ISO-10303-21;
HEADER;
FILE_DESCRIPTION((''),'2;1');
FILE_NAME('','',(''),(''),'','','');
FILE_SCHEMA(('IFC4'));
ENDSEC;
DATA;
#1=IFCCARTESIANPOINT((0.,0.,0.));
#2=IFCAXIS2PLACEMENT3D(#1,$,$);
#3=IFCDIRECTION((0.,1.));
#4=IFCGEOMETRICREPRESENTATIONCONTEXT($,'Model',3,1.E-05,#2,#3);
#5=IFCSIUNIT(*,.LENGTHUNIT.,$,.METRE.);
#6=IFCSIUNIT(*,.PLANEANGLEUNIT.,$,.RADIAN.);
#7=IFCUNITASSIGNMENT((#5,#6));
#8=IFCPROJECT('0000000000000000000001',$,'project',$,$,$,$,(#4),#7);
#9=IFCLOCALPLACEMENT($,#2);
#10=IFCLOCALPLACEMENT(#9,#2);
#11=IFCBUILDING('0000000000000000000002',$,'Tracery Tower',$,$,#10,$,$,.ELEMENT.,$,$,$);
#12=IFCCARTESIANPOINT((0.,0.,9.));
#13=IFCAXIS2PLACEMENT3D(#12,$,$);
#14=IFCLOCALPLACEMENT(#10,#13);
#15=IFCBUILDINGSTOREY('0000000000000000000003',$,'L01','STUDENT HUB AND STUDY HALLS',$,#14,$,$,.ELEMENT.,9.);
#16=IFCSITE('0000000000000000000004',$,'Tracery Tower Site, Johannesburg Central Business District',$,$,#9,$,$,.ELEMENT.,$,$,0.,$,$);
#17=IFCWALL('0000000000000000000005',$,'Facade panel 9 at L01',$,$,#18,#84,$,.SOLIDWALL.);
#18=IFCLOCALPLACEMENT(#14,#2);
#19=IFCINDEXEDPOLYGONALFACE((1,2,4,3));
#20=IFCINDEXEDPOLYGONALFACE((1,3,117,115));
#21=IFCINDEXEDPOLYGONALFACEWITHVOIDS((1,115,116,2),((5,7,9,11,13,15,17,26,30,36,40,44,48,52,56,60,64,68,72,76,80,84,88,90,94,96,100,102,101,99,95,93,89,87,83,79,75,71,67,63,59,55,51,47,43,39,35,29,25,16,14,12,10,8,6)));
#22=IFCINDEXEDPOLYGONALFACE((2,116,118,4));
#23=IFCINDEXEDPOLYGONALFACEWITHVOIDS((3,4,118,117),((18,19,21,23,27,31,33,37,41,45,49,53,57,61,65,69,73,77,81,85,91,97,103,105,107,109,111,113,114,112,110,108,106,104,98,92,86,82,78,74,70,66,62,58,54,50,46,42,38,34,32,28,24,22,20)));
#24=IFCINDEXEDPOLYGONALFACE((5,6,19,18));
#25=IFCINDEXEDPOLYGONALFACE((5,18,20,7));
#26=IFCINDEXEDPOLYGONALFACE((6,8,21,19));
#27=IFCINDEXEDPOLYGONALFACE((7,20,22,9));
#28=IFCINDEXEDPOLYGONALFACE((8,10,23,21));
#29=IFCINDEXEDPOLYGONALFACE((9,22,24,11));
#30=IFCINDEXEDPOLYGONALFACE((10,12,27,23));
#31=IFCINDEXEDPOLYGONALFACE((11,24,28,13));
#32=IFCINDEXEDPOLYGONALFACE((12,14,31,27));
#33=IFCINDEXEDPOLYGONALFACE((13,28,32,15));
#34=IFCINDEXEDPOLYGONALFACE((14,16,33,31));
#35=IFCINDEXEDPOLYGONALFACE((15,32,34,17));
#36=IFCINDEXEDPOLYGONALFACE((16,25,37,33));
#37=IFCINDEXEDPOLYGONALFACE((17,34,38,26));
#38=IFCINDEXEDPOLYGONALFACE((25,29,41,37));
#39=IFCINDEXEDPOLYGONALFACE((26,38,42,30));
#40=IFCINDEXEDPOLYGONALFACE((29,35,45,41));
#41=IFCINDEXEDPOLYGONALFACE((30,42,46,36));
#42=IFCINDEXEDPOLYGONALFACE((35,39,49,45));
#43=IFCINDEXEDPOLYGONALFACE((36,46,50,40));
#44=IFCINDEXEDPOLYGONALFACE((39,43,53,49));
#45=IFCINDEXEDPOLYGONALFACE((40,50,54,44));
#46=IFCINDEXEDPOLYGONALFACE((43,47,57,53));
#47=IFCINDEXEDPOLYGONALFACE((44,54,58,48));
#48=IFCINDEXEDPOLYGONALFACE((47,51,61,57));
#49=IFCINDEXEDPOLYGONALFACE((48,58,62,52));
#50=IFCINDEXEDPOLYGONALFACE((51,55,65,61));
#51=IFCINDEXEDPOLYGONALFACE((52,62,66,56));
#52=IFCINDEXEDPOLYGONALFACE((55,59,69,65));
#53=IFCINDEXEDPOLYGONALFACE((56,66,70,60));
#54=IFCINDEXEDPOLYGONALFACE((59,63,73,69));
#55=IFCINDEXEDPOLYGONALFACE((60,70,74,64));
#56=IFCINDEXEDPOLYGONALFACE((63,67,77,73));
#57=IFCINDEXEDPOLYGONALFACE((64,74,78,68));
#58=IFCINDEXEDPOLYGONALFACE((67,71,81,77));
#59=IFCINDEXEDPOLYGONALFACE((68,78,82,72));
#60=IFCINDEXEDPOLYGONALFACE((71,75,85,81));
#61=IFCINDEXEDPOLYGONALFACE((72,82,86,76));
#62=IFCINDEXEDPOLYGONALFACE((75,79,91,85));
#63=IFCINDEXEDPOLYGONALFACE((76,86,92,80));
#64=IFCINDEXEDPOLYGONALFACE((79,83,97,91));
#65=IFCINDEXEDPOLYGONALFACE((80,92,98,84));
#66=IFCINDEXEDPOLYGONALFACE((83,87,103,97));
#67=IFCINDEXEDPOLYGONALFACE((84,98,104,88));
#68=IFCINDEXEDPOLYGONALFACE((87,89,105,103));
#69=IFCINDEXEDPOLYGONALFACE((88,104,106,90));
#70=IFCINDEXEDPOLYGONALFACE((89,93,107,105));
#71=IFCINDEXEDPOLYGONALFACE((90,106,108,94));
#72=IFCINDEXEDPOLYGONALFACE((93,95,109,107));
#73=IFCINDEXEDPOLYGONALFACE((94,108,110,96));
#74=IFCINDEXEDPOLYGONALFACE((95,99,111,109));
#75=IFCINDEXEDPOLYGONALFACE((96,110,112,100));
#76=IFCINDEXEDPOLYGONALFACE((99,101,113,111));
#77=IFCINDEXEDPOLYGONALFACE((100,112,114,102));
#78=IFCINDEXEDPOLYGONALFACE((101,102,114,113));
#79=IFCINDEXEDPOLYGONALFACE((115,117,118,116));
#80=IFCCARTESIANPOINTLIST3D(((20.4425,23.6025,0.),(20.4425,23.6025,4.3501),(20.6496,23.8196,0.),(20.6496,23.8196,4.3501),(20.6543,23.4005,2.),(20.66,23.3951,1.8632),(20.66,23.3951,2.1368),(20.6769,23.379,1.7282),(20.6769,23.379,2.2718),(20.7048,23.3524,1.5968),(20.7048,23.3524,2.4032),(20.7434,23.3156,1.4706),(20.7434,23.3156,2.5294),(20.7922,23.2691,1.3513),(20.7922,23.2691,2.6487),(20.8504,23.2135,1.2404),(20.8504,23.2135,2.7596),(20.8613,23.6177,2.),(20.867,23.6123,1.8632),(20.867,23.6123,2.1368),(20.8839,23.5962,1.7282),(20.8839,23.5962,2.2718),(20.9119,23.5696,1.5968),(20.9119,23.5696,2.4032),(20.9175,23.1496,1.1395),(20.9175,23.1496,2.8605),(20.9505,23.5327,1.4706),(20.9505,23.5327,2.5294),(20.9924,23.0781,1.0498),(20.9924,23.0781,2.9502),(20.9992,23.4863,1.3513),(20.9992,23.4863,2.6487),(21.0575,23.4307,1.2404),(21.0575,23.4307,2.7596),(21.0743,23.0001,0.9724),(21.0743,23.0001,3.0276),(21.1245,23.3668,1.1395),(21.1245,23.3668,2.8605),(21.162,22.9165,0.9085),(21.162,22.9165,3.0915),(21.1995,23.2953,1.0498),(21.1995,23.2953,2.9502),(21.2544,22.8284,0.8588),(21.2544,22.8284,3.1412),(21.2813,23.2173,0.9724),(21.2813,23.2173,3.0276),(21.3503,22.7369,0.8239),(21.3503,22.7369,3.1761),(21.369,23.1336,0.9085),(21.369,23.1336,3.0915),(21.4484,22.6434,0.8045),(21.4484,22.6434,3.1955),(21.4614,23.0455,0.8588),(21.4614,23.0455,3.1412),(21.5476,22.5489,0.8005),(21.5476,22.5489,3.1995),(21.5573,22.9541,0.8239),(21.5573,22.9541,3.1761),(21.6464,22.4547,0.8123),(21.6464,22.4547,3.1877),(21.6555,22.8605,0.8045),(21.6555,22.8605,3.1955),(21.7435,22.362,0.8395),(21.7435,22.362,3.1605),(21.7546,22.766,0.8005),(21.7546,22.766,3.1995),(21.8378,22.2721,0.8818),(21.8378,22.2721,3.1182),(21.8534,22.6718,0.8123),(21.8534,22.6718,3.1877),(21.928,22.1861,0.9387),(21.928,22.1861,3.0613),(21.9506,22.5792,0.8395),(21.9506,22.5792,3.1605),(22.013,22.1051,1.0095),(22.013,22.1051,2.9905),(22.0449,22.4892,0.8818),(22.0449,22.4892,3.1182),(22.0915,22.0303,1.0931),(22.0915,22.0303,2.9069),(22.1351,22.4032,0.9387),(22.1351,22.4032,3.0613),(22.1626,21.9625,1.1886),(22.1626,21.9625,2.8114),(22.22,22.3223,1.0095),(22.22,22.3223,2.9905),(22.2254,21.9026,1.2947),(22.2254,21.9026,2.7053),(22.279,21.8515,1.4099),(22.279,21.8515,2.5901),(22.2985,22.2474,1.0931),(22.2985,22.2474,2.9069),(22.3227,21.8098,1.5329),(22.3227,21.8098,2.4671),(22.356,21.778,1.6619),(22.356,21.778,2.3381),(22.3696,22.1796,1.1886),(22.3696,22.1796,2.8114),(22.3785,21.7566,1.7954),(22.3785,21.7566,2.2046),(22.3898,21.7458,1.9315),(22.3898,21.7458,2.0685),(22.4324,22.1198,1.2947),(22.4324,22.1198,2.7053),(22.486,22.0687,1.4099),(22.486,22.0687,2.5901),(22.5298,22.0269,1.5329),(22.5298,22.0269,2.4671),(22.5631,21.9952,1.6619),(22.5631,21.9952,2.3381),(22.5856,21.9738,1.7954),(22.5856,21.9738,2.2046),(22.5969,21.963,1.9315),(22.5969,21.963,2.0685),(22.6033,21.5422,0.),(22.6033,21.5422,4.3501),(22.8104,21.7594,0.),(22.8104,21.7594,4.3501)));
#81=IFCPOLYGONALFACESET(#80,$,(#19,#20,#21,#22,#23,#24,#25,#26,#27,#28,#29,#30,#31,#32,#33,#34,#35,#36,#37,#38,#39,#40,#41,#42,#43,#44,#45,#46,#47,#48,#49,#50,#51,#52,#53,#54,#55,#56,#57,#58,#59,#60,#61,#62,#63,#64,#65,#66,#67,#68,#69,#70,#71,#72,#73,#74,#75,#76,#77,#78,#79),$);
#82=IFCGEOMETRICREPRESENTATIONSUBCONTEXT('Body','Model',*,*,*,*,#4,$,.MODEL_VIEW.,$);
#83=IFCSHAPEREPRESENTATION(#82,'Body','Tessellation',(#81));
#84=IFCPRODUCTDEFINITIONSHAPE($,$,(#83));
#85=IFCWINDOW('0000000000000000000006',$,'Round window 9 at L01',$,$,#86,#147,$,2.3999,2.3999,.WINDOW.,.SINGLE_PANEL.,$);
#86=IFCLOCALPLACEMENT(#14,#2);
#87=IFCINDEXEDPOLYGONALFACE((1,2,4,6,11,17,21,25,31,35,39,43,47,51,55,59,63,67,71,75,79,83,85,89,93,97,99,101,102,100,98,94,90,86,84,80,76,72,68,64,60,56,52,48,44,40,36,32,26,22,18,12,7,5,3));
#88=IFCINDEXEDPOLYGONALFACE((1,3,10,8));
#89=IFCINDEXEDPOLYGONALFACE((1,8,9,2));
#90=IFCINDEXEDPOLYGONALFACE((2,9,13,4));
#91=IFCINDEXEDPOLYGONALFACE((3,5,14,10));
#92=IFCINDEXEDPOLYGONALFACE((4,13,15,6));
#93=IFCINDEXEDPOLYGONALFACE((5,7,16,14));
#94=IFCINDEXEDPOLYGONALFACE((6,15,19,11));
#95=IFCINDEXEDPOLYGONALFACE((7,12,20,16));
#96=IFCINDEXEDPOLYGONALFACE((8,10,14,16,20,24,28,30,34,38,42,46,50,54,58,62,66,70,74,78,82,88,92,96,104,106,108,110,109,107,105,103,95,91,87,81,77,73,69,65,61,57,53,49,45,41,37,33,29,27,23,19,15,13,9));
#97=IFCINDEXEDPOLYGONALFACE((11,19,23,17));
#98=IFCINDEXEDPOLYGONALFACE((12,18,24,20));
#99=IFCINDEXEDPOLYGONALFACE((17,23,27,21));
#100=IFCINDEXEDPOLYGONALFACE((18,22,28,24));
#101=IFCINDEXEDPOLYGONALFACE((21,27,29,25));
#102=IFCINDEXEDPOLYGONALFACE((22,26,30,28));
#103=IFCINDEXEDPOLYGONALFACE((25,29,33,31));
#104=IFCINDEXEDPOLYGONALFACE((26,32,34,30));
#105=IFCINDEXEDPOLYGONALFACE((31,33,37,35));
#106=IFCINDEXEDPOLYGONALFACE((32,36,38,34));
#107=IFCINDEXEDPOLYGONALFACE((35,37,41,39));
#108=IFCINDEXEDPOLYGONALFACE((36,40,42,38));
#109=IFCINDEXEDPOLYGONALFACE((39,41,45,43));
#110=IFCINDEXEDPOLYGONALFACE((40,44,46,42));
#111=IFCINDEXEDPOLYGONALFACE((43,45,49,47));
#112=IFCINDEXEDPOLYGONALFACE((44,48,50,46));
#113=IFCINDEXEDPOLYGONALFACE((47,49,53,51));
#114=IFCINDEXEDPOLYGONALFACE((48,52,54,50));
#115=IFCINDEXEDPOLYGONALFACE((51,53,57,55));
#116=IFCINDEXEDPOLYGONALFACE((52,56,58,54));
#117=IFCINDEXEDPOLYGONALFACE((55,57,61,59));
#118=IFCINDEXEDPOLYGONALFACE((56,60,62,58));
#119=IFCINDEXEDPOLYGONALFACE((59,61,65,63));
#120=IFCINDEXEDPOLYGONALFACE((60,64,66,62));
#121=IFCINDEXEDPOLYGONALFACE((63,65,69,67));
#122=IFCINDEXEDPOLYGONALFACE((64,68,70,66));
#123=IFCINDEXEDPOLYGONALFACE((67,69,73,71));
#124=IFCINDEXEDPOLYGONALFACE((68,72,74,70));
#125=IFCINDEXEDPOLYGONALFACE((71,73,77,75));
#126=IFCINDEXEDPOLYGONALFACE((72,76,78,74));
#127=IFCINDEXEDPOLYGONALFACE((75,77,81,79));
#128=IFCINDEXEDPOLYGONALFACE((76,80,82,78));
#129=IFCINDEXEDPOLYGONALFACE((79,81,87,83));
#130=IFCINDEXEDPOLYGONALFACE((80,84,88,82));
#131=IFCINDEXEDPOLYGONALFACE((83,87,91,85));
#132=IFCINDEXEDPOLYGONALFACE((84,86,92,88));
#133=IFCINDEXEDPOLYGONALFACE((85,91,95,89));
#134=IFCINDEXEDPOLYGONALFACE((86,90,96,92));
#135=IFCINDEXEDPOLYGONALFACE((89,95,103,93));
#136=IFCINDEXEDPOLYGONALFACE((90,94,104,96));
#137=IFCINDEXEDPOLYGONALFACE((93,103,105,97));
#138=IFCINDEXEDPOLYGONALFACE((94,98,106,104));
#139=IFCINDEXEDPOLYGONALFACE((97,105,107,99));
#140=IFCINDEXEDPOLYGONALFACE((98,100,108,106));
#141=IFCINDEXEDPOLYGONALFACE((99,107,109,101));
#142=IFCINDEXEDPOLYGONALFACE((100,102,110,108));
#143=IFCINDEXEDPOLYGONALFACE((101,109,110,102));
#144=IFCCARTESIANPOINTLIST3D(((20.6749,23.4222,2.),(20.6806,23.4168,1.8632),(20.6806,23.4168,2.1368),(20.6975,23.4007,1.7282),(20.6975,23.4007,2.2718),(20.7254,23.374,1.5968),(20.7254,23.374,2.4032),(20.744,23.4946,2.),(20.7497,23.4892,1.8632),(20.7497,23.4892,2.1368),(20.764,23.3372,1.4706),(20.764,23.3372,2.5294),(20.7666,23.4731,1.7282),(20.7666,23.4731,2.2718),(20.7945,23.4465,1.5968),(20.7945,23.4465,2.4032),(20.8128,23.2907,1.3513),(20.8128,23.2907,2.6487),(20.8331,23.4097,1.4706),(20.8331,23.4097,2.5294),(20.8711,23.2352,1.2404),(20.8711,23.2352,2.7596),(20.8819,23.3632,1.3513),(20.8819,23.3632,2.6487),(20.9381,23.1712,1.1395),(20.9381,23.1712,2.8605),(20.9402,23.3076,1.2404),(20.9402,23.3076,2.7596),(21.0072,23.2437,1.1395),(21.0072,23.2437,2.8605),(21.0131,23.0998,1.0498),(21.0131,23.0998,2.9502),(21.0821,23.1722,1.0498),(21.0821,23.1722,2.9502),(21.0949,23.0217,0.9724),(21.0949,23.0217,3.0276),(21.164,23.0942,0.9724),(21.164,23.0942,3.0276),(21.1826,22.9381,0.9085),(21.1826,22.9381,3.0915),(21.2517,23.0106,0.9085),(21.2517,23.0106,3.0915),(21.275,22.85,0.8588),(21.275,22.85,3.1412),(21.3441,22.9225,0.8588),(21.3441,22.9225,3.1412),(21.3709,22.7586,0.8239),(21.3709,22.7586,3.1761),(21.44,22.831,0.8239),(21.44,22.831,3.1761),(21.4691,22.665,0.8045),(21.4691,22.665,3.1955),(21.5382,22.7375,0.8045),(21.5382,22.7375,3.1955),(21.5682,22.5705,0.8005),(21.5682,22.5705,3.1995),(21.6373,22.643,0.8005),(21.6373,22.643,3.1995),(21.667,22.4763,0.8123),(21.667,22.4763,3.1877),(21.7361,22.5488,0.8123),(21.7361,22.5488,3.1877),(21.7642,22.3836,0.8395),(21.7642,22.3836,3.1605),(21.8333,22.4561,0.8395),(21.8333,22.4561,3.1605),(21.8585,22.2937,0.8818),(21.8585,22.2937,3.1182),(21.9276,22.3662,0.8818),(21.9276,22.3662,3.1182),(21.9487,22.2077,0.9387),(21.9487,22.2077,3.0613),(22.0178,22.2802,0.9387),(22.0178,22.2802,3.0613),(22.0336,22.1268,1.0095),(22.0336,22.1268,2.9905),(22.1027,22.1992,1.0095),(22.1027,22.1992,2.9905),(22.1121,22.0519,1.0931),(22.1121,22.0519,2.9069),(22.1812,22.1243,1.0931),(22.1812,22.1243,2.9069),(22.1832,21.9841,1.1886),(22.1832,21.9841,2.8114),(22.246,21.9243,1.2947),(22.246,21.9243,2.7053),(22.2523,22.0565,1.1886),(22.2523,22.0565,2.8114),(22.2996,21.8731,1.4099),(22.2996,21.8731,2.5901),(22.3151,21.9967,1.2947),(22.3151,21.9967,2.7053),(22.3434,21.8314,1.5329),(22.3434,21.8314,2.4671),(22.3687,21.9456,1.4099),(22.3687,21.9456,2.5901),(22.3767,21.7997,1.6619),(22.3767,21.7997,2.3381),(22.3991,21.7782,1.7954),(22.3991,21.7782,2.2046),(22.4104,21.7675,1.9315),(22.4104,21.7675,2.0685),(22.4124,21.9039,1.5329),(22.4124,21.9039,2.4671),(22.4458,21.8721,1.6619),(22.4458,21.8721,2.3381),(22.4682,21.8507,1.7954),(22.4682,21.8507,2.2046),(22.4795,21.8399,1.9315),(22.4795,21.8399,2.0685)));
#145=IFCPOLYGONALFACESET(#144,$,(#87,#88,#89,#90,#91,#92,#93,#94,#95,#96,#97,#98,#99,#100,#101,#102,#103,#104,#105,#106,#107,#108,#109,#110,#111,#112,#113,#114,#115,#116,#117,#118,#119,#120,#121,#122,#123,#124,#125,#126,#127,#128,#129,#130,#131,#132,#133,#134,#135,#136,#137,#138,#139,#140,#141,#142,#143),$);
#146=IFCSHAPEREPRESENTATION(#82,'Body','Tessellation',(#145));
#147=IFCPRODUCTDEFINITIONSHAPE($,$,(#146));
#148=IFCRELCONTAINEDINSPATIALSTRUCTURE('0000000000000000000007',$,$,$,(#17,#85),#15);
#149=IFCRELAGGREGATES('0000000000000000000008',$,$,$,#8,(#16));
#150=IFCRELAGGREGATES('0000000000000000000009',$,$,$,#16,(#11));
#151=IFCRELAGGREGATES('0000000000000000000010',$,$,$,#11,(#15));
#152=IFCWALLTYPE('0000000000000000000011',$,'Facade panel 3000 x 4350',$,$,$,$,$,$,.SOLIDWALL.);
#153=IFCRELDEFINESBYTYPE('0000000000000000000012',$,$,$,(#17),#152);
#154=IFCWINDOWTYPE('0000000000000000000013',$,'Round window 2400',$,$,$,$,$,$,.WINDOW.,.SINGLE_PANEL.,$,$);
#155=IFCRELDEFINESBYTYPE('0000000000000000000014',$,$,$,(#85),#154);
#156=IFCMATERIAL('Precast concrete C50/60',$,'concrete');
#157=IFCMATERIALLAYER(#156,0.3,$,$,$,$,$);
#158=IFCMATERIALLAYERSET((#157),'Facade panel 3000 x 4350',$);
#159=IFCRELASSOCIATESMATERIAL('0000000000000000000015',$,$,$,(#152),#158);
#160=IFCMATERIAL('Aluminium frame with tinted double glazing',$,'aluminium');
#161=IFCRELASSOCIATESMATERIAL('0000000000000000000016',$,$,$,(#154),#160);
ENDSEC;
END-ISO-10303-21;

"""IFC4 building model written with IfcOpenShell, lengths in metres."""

from ifc_helpers import new_model, si_unit, direction, frame, frame_2d, origin, origin_2d, place, context, subcontext, project, spatial, rectangle, circle, extrude, material, layer, layer_set, type_object, element, fill, save


model = new_model("IFC4")

# Units and contexts
model_context = context("Model", 3, precision=1e-05, world=origin(), true_north=direction((0.0, 1.0)))
body_context = subcontext(model_context, "Body", "Model", "MODEL_VIEW")
ifc_project = project(units=[si_unit("LENGTHUNIT", "METRE"), si_unit("PLANEANGLEUNIT", "RADIAN")], contexts=[model_context])

# Site, building, storey
site_placement = place(None, origin())
site = spatial("IfcSite", under=ifc_project, at=site_placement, Name="Tracery Tower Site, Johannesburg Central Business District", CompositionType="ELEMENT", RefElevation=0.0)
building_placement = place(site_placement, origin())
building = spatial("IfcBuilding", under=site, at=building_placement, Name="Tracery Tower", CompositionType="ELEMENT")
storey_placement = place(building_placement, frame((0.0, 0.0, 9.0)))
storey = spatial("IfcBuildingStorey", under=building, at=storey_placement, Name="L01", Description="STUDENT HUB AND STUDY HALLS", CompositionType="ELEMENT", Elevation=9.0)

# Wall, opening, window
ifc_material_1 = material(Name="Precast concrete C50/60", Category="concrete")
ifc_layer_1 = layer(ifc_material_1, 0.3)
ifc_layer_set_1 = layer_set([ifc_layer_1], Name="Facade panel 3000 x 4350")
wall_type_1 = type_object("IfcWallType", Name="Facade panel 3000 x 4350", PredefinedType="SOLIDWALL", material=ifc_layer_set_1)
ifc_material_2 = material(Name="Aluminium frame with tinted double glazing", Category="aluminium")
window_type = type_object("IfcWindowType", Name="Round window 2400", PartitioningType="SINGLE_PANEL", PredefinedType="WINDOW", material=ifc_material_2)
wall_1_placement = place(storey_placement, frame((22.7068, 21.6509, 0.0), z_axis=(0.0, 0.0, 1.0), x_axis=(-0.723751, 0.690061, 0.0)))
wall_1 = element("IfcWall", 1, at=wall_1_placement, inside=storey, type_object=wall_type_1, Name="Facade panel 9 at L01", PredefinedType="SOLIDWALL", context=body_context, shape_type="SweptSolid", body=[
    extrude(rectangle(XDim=2.9856, YDim=0.3, at=frame_2d((1.4927, 0.0))), origin(), (0.0, 0.0, 1.0), 4.3501),
])
opening_1_placement = place(wall_1_placement, frame((1.4929, 0.0, 2.0)))
opening_1 = element("IfcOpeningElement", 2, at=opening_1_placement, cuts=wall_1, PredefinedType="OPENING", context=body_context, shape_type="SweptSolid", body=[
    extrude(circle(Radius=1.2, at=origin_2d()), frame((0.0, 0.1599, 0.0), z_axis=(0.0, -1.0, 0.0), x_axis=(1.0, 0.0, 0.0)), (0.0, 0.0, 1.0), 0.3201),
])
window_1_placement = place(opening_1_placement, origin())
window_1 = element("IfcWindow", 3, at=window_1_placement, inside=storey, type_object=window_type, Name="Round window 9 at L01", OverallHeight=2.3999, OverallWidth=2.3999, PartitioningType="SINGLE_PANEL", PredefinedType="WINDOW", context=body_context, shape_type="SweptSolid", body=[
    extrude(circle(Radius=1.2, at=origin_2d()), frame((0.0, 0.1201, 0.0), z_axis=(0.0, -1.0, 0.0), x_axis=(1.0, 0.0, 0.0)), (0.0, 0.0, 1.0), 0.1001),
])
fill(opening_1, window_1)

save(model, "model.ifc")
